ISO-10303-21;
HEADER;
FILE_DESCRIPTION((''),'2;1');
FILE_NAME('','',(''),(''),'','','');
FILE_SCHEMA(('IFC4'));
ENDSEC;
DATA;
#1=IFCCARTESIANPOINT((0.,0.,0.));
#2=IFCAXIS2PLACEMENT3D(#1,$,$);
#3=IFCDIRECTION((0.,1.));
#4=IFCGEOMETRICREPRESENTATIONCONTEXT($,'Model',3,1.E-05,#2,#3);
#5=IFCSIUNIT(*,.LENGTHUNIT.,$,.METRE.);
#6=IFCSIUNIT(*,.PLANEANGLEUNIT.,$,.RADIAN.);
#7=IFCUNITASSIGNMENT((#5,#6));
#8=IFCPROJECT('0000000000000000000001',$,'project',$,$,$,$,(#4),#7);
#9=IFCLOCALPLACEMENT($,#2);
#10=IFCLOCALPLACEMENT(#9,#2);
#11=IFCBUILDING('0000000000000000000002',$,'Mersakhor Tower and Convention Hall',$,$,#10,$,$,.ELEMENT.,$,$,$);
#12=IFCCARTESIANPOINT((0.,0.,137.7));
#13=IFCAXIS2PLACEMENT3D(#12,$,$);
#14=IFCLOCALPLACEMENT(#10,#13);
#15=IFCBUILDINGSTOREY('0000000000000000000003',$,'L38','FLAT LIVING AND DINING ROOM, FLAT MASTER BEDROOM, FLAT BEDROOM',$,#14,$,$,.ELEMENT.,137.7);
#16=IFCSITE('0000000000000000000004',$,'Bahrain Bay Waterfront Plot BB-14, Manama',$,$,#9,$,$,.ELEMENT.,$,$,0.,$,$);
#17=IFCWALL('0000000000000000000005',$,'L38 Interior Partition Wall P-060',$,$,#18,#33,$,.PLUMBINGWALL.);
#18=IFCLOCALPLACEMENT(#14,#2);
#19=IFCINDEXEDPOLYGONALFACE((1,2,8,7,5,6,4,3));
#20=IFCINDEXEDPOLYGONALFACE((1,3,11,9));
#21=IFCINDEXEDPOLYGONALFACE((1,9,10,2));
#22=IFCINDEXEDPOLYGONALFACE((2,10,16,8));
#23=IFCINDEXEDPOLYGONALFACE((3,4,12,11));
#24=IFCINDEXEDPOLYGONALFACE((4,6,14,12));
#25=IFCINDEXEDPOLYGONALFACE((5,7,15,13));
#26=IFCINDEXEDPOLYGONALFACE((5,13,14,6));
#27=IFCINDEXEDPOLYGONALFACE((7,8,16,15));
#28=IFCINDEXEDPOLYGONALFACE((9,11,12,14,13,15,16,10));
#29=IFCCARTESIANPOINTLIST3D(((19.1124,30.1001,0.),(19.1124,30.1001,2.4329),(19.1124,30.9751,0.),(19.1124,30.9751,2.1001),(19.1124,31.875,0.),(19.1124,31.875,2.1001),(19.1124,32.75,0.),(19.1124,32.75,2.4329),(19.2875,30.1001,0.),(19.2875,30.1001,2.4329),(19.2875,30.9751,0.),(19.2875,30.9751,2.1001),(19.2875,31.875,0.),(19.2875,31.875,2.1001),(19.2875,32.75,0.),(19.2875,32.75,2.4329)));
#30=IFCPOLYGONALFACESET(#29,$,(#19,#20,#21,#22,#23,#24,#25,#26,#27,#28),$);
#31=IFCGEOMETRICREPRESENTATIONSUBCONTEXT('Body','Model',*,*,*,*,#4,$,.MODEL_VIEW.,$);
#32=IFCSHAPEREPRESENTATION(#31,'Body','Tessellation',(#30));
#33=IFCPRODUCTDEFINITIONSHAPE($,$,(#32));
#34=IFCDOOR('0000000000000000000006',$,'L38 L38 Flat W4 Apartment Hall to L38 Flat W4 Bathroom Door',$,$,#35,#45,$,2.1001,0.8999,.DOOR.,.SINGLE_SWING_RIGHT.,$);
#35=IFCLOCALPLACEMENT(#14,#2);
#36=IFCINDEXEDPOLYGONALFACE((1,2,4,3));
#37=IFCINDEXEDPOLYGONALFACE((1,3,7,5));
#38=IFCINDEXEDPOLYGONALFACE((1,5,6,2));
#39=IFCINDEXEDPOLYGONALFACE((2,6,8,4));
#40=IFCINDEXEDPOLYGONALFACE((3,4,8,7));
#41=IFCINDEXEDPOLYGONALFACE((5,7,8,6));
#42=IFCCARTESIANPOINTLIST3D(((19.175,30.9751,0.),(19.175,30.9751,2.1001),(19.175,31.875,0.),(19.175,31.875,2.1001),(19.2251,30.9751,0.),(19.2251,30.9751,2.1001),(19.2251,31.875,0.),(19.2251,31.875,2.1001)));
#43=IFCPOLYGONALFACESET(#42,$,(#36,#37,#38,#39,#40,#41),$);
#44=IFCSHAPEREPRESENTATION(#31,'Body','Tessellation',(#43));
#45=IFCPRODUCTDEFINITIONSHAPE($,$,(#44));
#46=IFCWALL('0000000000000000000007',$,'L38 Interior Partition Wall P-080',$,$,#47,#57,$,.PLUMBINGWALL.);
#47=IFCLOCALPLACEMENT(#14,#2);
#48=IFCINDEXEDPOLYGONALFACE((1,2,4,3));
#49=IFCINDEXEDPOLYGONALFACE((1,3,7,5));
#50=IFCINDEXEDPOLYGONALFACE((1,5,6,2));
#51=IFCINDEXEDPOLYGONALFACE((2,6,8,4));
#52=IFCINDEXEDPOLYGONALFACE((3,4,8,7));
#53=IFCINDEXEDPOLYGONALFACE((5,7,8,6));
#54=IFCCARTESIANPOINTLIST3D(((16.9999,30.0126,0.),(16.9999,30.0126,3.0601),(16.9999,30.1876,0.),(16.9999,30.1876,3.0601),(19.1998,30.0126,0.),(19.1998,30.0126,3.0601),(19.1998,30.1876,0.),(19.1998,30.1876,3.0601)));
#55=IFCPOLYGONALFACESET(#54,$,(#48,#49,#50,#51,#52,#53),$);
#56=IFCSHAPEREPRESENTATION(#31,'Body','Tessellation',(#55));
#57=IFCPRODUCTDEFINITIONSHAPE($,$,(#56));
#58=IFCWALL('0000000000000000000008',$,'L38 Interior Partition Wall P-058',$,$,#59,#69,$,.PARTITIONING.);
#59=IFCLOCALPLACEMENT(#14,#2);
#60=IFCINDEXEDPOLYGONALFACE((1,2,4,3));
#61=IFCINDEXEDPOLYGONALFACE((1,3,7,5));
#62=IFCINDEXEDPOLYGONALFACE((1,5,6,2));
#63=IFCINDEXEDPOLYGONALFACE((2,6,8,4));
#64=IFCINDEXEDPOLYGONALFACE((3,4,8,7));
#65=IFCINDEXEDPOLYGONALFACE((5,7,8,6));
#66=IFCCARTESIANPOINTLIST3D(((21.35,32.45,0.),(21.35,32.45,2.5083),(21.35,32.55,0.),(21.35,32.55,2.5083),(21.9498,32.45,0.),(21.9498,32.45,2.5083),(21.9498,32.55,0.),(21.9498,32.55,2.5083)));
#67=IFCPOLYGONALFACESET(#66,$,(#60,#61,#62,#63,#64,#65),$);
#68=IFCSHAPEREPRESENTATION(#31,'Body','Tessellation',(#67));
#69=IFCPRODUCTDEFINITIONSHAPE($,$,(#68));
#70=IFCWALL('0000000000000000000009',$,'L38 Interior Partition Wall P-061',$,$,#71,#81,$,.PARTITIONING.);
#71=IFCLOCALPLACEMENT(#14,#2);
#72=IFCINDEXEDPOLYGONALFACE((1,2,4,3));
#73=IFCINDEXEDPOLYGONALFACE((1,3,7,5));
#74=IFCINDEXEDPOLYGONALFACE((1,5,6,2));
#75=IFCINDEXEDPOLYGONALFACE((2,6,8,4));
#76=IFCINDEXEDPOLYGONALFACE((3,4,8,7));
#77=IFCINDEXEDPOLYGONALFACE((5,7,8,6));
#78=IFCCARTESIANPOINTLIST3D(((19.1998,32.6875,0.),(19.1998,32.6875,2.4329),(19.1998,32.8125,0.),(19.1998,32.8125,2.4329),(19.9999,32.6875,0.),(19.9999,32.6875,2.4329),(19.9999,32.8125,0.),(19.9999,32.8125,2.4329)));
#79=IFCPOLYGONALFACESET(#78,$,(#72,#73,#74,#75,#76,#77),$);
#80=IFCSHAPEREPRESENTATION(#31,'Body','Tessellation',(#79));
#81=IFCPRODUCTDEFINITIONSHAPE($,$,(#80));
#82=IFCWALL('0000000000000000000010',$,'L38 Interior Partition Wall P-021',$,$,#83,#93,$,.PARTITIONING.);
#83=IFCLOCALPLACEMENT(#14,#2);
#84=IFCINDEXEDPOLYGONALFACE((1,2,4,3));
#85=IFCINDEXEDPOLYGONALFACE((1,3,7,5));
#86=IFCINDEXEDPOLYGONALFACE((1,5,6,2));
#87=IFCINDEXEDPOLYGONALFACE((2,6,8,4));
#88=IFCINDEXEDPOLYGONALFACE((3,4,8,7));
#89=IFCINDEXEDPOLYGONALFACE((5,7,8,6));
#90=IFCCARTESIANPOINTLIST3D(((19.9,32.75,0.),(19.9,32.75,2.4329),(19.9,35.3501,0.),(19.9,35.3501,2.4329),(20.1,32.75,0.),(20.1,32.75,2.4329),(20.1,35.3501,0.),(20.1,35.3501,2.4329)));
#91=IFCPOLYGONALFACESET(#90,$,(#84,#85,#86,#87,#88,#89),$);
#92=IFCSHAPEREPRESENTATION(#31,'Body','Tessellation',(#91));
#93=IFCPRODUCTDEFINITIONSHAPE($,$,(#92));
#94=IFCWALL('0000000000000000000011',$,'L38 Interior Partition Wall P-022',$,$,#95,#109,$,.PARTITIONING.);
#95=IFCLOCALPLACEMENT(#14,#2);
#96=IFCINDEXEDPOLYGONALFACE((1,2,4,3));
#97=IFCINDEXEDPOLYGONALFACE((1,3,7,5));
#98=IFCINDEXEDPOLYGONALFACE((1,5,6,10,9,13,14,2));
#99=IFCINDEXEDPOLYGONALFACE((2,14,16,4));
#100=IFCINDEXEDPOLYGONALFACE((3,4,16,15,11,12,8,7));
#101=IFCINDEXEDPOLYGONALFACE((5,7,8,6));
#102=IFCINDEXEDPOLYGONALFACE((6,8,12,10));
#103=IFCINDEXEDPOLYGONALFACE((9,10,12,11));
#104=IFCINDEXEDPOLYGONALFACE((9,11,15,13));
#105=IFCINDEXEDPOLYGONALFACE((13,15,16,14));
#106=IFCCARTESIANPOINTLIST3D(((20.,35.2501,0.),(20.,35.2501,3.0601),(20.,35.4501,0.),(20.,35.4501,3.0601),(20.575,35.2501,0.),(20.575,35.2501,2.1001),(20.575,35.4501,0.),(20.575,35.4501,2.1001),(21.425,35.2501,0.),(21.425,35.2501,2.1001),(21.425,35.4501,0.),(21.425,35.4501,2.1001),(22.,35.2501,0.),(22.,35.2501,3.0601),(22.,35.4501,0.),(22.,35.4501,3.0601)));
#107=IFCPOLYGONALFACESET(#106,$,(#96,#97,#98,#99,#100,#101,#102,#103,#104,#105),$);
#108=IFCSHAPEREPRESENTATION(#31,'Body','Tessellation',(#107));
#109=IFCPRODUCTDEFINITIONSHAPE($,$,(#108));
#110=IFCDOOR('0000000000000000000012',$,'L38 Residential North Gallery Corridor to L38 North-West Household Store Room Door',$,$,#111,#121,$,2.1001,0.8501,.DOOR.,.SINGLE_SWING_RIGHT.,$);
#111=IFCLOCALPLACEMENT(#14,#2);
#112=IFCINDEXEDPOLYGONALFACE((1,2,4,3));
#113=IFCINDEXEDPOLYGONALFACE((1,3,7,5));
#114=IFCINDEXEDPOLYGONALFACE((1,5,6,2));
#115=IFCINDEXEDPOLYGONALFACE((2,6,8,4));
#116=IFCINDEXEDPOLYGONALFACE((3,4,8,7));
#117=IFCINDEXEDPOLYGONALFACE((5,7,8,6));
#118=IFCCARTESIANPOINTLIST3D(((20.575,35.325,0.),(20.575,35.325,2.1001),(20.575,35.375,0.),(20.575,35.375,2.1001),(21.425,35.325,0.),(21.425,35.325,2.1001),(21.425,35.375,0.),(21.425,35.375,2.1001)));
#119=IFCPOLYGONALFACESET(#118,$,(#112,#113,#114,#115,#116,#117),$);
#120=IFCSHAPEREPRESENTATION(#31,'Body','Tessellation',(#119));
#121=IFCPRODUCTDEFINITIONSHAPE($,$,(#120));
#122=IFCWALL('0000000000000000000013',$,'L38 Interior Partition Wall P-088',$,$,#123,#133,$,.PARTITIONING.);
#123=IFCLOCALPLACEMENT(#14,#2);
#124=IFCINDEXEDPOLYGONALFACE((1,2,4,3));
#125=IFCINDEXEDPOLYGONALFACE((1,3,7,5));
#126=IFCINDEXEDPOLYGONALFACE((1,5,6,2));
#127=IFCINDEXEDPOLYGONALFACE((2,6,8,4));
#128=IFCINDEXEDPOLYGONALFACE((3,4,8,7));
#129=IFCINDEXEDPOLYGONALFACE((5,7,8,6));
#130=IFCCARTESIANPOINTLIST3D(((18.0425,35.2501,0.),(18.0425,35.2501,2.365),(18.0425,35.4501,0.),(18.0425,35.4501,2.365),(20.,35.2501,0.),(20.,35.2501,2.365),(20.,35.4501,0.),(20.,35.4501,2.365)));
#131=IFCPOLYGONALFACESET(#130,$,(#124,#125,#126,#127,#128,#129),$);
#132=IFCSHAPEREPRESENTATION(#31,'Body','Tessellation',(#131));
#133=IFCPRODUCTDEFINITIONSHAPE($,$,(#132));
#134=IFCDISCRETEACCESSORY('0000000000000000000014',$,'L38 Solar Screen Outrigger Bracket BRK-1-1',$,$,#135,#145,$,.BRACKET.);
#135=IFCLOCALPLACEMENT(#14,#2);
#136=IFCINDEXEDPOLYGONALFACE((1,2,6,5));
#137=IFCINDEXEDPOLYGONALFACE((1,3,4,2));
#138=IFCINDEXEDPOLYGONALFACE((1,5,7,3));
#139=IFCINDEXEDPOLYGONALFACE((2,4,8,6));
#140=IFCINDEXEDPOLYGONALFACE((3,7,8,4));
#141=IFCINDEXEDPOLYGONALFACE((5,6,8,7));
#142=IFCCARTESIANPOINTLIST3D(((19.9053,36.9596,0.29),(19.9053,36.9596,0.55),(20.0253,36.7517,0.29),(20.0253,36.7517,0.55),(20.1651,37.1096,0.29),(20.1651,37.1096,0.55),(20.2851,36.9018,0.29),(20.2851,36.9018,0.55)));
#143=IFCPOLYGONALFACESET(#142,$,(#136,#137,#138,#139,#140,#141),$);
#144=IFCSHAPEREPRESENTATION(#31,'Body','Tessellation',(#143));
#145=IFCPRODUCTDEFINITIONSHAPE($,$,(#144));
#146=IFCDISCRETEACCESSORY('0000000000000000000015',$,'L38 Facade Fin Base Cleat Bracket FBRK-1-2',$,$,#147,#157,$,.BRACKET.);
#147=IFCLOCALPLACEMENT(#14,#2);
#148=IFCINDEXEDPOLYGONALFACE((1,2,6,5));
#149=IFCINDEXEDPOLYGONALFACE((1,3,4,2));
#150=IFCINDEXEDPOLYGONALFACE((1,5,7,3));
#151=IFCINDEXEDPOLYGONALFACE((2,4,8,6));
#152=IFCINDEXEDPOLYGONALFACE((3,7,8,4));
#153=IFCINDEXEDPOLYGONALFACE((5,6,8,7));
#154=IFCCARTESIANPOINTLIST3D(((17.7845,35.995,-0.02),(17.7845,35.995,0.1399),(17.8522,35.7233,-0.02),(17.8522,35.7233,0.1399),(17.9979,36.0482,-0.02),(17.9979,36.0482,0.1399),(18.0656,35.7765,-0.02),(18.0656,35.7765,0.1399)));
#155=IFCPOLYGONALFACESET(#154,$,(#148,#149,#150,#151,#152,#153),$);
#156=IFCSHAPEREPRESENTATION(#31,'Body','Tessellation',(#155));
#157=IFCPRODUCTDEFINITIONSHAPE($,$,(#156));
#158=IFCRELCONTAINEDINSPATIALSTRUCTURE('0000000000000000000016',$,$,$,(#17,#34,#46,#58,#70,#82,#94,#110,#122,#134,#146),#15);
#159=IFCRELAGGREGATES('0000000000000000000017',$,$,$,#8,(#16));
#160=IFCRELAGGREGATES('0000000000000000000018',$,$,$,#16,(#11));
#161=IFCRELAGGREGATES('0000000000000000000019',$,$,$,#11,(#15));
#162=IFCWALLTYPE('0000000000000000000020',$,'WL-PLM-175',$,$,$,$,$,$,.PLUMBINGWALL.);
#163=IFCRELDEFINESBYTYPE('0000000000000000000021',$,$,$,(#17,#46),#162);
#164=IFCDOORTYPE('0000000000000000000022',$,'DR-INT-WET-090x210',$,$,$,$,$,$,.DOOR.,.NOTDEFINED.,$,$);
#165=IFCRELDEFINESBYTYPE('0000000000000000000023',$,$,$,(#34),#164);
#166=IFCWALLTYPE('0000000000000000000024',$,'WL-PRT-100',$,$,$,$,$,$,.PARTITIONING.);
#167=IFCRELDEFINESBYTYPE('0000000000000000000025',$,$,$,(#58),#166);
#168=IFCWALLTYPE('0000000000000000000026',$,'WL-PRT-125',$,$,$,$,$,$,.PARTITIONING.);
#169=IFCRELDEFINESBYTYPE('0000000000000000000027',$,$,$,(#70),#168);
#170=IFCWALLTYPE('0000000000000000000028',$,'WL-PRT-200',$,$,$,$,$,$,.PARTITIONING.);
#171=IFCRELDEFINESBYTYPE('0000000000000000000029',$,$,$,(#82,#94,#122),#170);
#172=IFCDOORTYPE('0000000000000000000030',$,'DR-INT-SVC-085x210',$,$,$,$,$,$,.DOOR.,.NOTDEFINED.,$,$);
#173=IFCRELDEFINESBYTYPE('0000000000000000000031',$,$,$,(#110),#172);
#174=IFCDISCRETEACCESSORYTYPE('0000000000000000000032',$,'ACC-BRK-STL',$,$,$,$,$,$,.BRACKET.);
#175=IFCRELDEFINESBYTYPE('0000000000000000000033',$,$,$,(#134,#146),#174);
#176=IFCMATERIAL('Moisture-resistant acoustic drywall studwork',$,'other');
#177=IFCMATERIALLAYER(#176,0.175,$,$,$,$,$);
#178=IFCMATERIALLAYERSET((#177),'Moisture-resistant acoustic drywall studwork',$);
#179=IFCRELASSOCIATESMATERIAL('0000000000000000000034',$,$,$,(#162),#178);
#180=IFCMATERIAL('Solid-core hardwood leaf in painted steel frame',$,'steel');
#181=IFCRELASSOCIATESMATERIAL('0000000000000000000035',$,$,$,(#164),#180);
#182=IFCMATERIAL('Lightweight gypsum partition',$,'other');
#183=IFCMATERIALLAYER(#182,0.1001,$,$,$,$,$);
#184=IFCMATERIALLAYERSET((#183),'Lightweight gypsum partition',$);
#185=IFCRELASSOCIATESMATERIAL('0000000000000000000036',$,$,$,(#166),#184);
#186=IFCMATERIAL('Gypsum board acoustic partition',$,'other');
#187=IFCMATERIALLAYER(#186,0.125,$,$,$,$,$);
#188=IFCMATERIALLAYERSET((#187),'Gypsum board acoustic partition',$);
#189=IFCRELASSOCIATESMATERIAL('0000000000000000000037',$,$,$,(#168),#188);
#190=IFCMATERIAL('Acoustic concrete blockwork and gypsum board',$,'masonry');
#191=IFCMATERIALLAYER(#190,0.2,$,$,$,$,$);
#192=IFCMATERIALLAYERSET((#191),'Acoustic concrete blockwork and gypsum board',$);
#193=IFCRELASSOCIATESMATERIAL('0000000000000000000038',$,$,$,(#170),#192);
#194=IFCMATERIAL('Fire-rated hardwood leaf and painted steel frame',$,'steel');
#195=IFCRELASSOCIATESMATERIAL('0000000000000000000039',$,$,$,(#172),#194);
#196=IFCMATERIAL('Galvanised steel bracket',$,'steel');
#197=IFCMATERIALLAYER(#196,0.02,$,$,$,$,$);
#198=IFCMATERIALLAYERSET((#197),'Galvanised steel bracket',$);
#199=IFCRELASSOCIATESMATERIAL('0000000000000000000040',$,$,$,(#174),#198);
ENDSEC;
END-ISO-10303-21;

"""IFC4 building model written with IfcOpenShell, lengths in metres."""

from ifc_helpers import new_model, si_unit, direction, frame, frame_2d, origin, origin_2d, place, context, subcontext, project, spatial, rectangle, extrude, material, layer, layer_set, type_object, element, fill, save


model = new_model("IFC4")

# Units and contexts
model_context = context("Model", 3, precision=1e-05, world=origin(), true_north=direction((0.0, 1.0)))
body_context = subcontext(model_context, "Body", "Model", "MODEL_VIEW")
ifc_project = project(units=[si_unit("LENGTHUNIT", "METRE"), si_unit("PLANEANGLEUNIT", "RADIAN")], contexts=[model_context])

# Site, building, storey
site_placement = place(None, origin())
site = spatial("IfcSite", under=ifc_project, at=site_placement, Name="Bahrain Bay Waterfront Plot BB-14, Manama", CompositionType="ELEMENT", RefElevation=0.0)
building_placement = place(site_placement, origin())
building = spatial("IfcBuilding", under=site, at=building_placement, Name="Mersakhor Tower and Convention Hall", CompositionType="ELEMENT")
storey_placement = place(building_placement, frame((0.0, 0.0, 137.7)))
storey = spatial("IfcBuildingStorey", under=building, at=storey_placement, Name="L38", Description="FLAT LIVING AND DINING ROOM, FLAT MASTER BEDROOM, FLAT BEDROOM", CompositionType="ELEMENT", Elevation=137.7)

# Wall, opening, door
ifc_material_1 = material(Name="Moisture-resistant acoustic drywall studwork", Category="other")
ifc_layer_1 = layer(ifc_material_1, 0.175)
ifc_layer_set_1 = layer_set([ifc_layer_1], Name="Moisture-resistant acoustic drywall studwork")
wall_type_1 = type_object("IfcWallType", Name="WL-PLM-175", PredefinedType="PLUMBINGWALL", material=ifc_layer_set_1)
wall_1_placement = place(storey_placement, frame((19.2, 30.1001, 0.0), z_axis=(0.0, 0.0, 1.0), x_axis=(0.0, 1.0, 0.0)))
wall_1 = element("IfcWall", 1, at=wall_1_placement, inside=storey, type_object=wall_type_1, Name="L38 Interior Partition Wall P-060", PredefinedType="PLUMBINGWALL", context=body_context, shape_type="SweptSolid", body=[
    extrude(rectangle(XDim=2.6499, YDim=0.175, at=frame_2d((1.325, 0.0))), origin(), (0.0, 0.0, 1.0), 2.4329),
])
opening_1_placement = place(wall_1_placement, frame((0.875, 0.0, 0.0)))
opening_1 = element("IfcOpeningElement", 2, at=opening_1_placement, cuts=wall_1, PredefinedType="OPENING", context=body_context, shape_type="SweptSolid", body=[
    extrude(rectangle(XDim=0.8999, YDim=2.1001, at=frame_2d((0.45, 1.05))), frame((0.0, 0.0974, 0.0), z_axis=(0.0, -1.0, 0.0), x_axis=(1.0, 0.0, 0.0)), (0.0, 0.0, 1.0), 0.1951),
])
ifc_material_2 = material(Name="Solid-core hardwood leaf in painted steel frame", Category="steel")
door_type_1 = type_object("IfcDoorType", Name="DR-INT-WET-090x210", OperationType="NOTDEFINED", PredefinedType="DOOR", material=ifc_material_2)
door_1_placement = place(opening_1_placement, origin())
door_1 = element("IfcDoor", 3, at=door_1_placement, inside=storey, type_object=door_type_1, Name="L38 L38 Flat W4 Apartment Hall to L38 Flat W4 Bathroom Door", OperationType="SINGLE_SWING_RIGHT", OverallHeight=2.1001, OverallWidth=0.8999, PredefinedType="DOOR", context=body_context, shape_type="SweptSolid", body=[
    extrude(rectangle(XDim=0.8999, YDim=2.1001, at=frame_2d((0.45, 1.05))), frame((0.0, 0.0249, 0.0), z_axis=(0.0, -1.0, 0.0), x_axis=(1.0, 0.0, 0.0)), (0.0, 0.0, 1.0), 0.05),
])
fill(opening_1, door_1)

# Walls
wall_2_placement = place(storey_placement, frame((19.2, 30.1001, 0.0), z_axis=(0.0, 0.0, 1.0), x_axis=(-1.0, 0.0, 0.0)))
element("IfcWall", 4, at=wall_2_placement, inside=storey, type_object=wall_type_1, Name="L38 Interior Partition Wall P-080", PredefinedType="PLUMBINGWALL", context=body_context, shape_type="SweptSolid", body=[
    extrude(rectangle(XDim=2.2, YDim=0.175, at=frame_2d((1.1001, 0.0))), origin(), (0.0, 0.0, 1.0), 3.0601),
])
ifc_material_3 = material(Name="Lightweight gypsum partition", Category="other")
ifc_layer_2 = layer(ifc_material_3, 0.1001)
ifc_layer_set_2 = layer_set([ifc_layer_2], Name="Lightweight gypsum partition")
wall_type_2 = type_object("IfcWallType", Name="WL-PRT-100", PredefinedType="PARTITIONING", material=ifc_layer_set_2)
wall_3_placement = place(storey_placement, frame((21.3501, 32.5, 0.0), z_axis=(0.0, 0.0, 1.0), x_axis=(1.0, 0.0, 0.0)))
element("IfcWall", 5, at=wall_3_placement, inside=storey, type_object=wall_type_2, Name="L38 Interior Partition Wall P-058", PredefinedType="PARTITIONING", context=body_context, shape_type="SweptSolid", body=[
    extrude(rectangle(XDim=0.5999, YDim=0.1001, at=frame_2d((0.2998, 0.0))), origin(), (0.0, 0.0, 1.0), 2.5083),
])
ifc_material_4 = material(Name="Gypsum board acoustic partition", Category="other")
ifc_layer_3 = layer(ifc_material_4, 0.125)
ifc_layer_set_3 = layer_set([ifc_layer_3], Name="Gypsum board acoustic partition")
wall_type_3 = type_object("IfcWallType", Name="WL-PRT-125", PredefinedType="PARTITIONING", material=ifc_layer_set_3)
wall_4_placement = place(storey_placement, frame((19.2, 32.75, 0.0), z_axis=(0.0, 0.0, 1.0), x_axis=(1.0, 0.0, 0.0)))
element("IfcWall", 6, at=wall_4_placement, inside=storey, type_object=wall_type_3, Name="L38 Interior Partition Wall P-061", PredefinedType="PARTITIONING", context=body_context, shape_type="SweptSolid", body=[
    extrude(rectangle(XDim=0.8, YDim=0.125, at=frame_2d((0.3999, 0.0))), origin(), (0.0, 0.0, 1.0), 2.4329),
])

# Shared definitions
ifc_material_5 = material(Name="Acoustic concrete blockwork and gypsum board", Category="masonry")
ifc_layer_4 = layer(ifc_material_5, 0.2)
ifc_layer_set_4 = layer_set([ifc_layer_4], Name="Acoustic concrete blockwork and gypsum board")
wall_type_4 = type_object("IfcWallType", Name="WL-PRT-200", PredefinedType="PARTITIONING", material=ifc_layer_set_4)

# Wall
wall_5_placement = place(storey_placement, frame((20.0, 32.75, 0.0), z_axis=(0.0, 0.0, 1.0), x_axis=(0.0, 1.0, 0.0)))
element("IfcWall", 7, at=wall_5_placement, inside=storey, type_object=wall_type_4, Name="L38 Interior Partition Wall P-021", PredefinedType="PARTITIONING", context=body_context, shape_type="SweptSolid", body=[
    extrude(rectangle(XDim=2.6001, YDim=0.2, at=frame_2d((1.3, 0.0))), origin(), (0.0, 0.0, 1.0), 2.4329),
])

# Wall, opening, door
wall_6_placement = place(storey_placement, frame((20.0, 35.3501, 0.0), z_axis=(0.0, 0.0, 1.0), x_axis=(1.0, 0.0, 0.0)))
wall_6 = element("IfcWall", 8, at=wall_6_placement, inside=storey, type_object=wall_type_4, Name="L38 Interior Partition Wall P-022", PredefinedType="PARTITIONING", context=body_context, shape_type="SweptSolid", body=[
    extrude(rectangle(XDim=2.0, YDim=0.2, at=frame_2d((1.0, 0.0))), origin(), (0.0, 0.0, 1.0), 3.0601),
])
opening_2_placement = place(wall_6_placement, frame((0.575, 0.0, 0.0)))
opening_2 = element("IfcOpeningElement", 9, at=opening_2_placement, cuts=wall_6, PredefinedType="OPENING", context=body_context, shape_type="SweptSolid", body=[
    extrude(rectangle(XDim=0.8501, YDim=2.1001, at=frame_2d((0.425, 1.05))), frame((0.0, 0.1099, 0.0), z_axis=(0.0, -1.0, 0.0), x_axis=(1.0, 0.0, 0.0)), (0.0, 0.0, 1.0), 0.22),
])
ifc_material_6 = material(Name="Fire-rated hardwood leaf and painted steel frame", Category="steel")
door_type_2 = type_object("IfcDoorType", Name="DR-INT-SVC-085x210", OperationType="NOTDEFINED", PredefinedType="DOOR", material=ifc_material_6)
door_2_placement = place(opening_2_placement, origin())
door_2 = element("IfcDoor", 10, at=door_2_placement, inside=storey, type_object=door_type_2, Name="L38 Residential North Gallery Corridor to L38 North-West Household Store Room Door", OperationType="SINGLE_SWING_RIGHT", OverallHeight=2.1001, OverallWidth=0.8501, PredefinedType="DOOR", context=body_context, shape_type="SweptSolid", body=[
    extrude(rectangle(XDim=0.8501, YDim=2.1001, at=frame_2d((0.425, 1.05))), frame((0.0, 0.0249, 0.0), z_axis=(0.0, -1.0, 0.0), x_axis=(1.0, 0.0, 0.0)), (0.0, 0.0, 1.0), 0.05),
])
fill(opening_2, door_2)

# Wall
wall_7_placement = place(storey_placement, frame((20.0, 35.3501, 0.0), z_axis=(0.0, 0.0, 1.0), x_axis=(-1.0, 0.0, 0.0)))
element("IfcWall", 11, at=wall_7_placement, inside=storey, type_object=wall_type_4, Name="L38 Interior Partition Wall P-088", PredefinedType="PARTITIONING", context=body_context, shape_type="SweptSolid", body=[
    extrude(rectangle(XDim=1.9575, YDim=0.2, at=frame_2d((0.9788, 0.0))), origin(), (0.0, 0.0, 1.0), 2.365),
])

# Discrete accessories
ifc_material_7 = material(Name="Galvanised steel bracket", Category="steel")
ifc_layer_5 = layer(ifc_material_7, 0.02)
ifc_layer_set_5 = layer_set([ifc_layer_5], Name="Galvanised steel bracket")
discrete_accessory_type = type_object("IfcDiscreteAccessoryType", Name="ACC-BRK-STL", PredefinedType="BRACKET", material=ifc_layer_set_5)
discrete_accessory_1_placement = place(storey_placement, frame((20.0952, 36.9307, 0.29), z_axis=(0.0, 0.0, 1.0), x_axis=(0.866025, 0.5, 0.0)))
element("IfcDiscreteAccessory", 12, at=discrete_accessory_1_placement, inside=storey, type_object=discrete_accessory_type, Name="L38 Solar Screen Outrigger Bracket BRK-1-1", PredefinedType="BRACKET", context=body_context, shape_type="SweptSolid", body=[
    extrude(rectangle(XDim=0.3, YDim=0.24, at=origin_2d()), origin(), (0.0, 0.0, 1.0), 0.26),
])
discrete_accessory_2_placement = place(storey_placement, frame((17.925, 35.8857, -0.02), z_axis=(0.0, 0.0, 1.0), x_axis=(-0.241922, 0.970296, 0.0)))
element("IfcDiscreteAccessory", 13, at=discrete_accessory_2_placement, inside=storey, type_object=discrete_accessory_type, Name="L38 Facade Fin Base Cleat Bracket FBRK-1-2", PredefinedType="BRACKET", context=body_context, shape_type="SweptSolid", body=[
    extrude(rectangle(XDim=0.28, YDim=0.22, at=origin_2d()), origin(), (0.0, 0.0, 1.0), 0.1599),
])

save(model, "model.ifc")
